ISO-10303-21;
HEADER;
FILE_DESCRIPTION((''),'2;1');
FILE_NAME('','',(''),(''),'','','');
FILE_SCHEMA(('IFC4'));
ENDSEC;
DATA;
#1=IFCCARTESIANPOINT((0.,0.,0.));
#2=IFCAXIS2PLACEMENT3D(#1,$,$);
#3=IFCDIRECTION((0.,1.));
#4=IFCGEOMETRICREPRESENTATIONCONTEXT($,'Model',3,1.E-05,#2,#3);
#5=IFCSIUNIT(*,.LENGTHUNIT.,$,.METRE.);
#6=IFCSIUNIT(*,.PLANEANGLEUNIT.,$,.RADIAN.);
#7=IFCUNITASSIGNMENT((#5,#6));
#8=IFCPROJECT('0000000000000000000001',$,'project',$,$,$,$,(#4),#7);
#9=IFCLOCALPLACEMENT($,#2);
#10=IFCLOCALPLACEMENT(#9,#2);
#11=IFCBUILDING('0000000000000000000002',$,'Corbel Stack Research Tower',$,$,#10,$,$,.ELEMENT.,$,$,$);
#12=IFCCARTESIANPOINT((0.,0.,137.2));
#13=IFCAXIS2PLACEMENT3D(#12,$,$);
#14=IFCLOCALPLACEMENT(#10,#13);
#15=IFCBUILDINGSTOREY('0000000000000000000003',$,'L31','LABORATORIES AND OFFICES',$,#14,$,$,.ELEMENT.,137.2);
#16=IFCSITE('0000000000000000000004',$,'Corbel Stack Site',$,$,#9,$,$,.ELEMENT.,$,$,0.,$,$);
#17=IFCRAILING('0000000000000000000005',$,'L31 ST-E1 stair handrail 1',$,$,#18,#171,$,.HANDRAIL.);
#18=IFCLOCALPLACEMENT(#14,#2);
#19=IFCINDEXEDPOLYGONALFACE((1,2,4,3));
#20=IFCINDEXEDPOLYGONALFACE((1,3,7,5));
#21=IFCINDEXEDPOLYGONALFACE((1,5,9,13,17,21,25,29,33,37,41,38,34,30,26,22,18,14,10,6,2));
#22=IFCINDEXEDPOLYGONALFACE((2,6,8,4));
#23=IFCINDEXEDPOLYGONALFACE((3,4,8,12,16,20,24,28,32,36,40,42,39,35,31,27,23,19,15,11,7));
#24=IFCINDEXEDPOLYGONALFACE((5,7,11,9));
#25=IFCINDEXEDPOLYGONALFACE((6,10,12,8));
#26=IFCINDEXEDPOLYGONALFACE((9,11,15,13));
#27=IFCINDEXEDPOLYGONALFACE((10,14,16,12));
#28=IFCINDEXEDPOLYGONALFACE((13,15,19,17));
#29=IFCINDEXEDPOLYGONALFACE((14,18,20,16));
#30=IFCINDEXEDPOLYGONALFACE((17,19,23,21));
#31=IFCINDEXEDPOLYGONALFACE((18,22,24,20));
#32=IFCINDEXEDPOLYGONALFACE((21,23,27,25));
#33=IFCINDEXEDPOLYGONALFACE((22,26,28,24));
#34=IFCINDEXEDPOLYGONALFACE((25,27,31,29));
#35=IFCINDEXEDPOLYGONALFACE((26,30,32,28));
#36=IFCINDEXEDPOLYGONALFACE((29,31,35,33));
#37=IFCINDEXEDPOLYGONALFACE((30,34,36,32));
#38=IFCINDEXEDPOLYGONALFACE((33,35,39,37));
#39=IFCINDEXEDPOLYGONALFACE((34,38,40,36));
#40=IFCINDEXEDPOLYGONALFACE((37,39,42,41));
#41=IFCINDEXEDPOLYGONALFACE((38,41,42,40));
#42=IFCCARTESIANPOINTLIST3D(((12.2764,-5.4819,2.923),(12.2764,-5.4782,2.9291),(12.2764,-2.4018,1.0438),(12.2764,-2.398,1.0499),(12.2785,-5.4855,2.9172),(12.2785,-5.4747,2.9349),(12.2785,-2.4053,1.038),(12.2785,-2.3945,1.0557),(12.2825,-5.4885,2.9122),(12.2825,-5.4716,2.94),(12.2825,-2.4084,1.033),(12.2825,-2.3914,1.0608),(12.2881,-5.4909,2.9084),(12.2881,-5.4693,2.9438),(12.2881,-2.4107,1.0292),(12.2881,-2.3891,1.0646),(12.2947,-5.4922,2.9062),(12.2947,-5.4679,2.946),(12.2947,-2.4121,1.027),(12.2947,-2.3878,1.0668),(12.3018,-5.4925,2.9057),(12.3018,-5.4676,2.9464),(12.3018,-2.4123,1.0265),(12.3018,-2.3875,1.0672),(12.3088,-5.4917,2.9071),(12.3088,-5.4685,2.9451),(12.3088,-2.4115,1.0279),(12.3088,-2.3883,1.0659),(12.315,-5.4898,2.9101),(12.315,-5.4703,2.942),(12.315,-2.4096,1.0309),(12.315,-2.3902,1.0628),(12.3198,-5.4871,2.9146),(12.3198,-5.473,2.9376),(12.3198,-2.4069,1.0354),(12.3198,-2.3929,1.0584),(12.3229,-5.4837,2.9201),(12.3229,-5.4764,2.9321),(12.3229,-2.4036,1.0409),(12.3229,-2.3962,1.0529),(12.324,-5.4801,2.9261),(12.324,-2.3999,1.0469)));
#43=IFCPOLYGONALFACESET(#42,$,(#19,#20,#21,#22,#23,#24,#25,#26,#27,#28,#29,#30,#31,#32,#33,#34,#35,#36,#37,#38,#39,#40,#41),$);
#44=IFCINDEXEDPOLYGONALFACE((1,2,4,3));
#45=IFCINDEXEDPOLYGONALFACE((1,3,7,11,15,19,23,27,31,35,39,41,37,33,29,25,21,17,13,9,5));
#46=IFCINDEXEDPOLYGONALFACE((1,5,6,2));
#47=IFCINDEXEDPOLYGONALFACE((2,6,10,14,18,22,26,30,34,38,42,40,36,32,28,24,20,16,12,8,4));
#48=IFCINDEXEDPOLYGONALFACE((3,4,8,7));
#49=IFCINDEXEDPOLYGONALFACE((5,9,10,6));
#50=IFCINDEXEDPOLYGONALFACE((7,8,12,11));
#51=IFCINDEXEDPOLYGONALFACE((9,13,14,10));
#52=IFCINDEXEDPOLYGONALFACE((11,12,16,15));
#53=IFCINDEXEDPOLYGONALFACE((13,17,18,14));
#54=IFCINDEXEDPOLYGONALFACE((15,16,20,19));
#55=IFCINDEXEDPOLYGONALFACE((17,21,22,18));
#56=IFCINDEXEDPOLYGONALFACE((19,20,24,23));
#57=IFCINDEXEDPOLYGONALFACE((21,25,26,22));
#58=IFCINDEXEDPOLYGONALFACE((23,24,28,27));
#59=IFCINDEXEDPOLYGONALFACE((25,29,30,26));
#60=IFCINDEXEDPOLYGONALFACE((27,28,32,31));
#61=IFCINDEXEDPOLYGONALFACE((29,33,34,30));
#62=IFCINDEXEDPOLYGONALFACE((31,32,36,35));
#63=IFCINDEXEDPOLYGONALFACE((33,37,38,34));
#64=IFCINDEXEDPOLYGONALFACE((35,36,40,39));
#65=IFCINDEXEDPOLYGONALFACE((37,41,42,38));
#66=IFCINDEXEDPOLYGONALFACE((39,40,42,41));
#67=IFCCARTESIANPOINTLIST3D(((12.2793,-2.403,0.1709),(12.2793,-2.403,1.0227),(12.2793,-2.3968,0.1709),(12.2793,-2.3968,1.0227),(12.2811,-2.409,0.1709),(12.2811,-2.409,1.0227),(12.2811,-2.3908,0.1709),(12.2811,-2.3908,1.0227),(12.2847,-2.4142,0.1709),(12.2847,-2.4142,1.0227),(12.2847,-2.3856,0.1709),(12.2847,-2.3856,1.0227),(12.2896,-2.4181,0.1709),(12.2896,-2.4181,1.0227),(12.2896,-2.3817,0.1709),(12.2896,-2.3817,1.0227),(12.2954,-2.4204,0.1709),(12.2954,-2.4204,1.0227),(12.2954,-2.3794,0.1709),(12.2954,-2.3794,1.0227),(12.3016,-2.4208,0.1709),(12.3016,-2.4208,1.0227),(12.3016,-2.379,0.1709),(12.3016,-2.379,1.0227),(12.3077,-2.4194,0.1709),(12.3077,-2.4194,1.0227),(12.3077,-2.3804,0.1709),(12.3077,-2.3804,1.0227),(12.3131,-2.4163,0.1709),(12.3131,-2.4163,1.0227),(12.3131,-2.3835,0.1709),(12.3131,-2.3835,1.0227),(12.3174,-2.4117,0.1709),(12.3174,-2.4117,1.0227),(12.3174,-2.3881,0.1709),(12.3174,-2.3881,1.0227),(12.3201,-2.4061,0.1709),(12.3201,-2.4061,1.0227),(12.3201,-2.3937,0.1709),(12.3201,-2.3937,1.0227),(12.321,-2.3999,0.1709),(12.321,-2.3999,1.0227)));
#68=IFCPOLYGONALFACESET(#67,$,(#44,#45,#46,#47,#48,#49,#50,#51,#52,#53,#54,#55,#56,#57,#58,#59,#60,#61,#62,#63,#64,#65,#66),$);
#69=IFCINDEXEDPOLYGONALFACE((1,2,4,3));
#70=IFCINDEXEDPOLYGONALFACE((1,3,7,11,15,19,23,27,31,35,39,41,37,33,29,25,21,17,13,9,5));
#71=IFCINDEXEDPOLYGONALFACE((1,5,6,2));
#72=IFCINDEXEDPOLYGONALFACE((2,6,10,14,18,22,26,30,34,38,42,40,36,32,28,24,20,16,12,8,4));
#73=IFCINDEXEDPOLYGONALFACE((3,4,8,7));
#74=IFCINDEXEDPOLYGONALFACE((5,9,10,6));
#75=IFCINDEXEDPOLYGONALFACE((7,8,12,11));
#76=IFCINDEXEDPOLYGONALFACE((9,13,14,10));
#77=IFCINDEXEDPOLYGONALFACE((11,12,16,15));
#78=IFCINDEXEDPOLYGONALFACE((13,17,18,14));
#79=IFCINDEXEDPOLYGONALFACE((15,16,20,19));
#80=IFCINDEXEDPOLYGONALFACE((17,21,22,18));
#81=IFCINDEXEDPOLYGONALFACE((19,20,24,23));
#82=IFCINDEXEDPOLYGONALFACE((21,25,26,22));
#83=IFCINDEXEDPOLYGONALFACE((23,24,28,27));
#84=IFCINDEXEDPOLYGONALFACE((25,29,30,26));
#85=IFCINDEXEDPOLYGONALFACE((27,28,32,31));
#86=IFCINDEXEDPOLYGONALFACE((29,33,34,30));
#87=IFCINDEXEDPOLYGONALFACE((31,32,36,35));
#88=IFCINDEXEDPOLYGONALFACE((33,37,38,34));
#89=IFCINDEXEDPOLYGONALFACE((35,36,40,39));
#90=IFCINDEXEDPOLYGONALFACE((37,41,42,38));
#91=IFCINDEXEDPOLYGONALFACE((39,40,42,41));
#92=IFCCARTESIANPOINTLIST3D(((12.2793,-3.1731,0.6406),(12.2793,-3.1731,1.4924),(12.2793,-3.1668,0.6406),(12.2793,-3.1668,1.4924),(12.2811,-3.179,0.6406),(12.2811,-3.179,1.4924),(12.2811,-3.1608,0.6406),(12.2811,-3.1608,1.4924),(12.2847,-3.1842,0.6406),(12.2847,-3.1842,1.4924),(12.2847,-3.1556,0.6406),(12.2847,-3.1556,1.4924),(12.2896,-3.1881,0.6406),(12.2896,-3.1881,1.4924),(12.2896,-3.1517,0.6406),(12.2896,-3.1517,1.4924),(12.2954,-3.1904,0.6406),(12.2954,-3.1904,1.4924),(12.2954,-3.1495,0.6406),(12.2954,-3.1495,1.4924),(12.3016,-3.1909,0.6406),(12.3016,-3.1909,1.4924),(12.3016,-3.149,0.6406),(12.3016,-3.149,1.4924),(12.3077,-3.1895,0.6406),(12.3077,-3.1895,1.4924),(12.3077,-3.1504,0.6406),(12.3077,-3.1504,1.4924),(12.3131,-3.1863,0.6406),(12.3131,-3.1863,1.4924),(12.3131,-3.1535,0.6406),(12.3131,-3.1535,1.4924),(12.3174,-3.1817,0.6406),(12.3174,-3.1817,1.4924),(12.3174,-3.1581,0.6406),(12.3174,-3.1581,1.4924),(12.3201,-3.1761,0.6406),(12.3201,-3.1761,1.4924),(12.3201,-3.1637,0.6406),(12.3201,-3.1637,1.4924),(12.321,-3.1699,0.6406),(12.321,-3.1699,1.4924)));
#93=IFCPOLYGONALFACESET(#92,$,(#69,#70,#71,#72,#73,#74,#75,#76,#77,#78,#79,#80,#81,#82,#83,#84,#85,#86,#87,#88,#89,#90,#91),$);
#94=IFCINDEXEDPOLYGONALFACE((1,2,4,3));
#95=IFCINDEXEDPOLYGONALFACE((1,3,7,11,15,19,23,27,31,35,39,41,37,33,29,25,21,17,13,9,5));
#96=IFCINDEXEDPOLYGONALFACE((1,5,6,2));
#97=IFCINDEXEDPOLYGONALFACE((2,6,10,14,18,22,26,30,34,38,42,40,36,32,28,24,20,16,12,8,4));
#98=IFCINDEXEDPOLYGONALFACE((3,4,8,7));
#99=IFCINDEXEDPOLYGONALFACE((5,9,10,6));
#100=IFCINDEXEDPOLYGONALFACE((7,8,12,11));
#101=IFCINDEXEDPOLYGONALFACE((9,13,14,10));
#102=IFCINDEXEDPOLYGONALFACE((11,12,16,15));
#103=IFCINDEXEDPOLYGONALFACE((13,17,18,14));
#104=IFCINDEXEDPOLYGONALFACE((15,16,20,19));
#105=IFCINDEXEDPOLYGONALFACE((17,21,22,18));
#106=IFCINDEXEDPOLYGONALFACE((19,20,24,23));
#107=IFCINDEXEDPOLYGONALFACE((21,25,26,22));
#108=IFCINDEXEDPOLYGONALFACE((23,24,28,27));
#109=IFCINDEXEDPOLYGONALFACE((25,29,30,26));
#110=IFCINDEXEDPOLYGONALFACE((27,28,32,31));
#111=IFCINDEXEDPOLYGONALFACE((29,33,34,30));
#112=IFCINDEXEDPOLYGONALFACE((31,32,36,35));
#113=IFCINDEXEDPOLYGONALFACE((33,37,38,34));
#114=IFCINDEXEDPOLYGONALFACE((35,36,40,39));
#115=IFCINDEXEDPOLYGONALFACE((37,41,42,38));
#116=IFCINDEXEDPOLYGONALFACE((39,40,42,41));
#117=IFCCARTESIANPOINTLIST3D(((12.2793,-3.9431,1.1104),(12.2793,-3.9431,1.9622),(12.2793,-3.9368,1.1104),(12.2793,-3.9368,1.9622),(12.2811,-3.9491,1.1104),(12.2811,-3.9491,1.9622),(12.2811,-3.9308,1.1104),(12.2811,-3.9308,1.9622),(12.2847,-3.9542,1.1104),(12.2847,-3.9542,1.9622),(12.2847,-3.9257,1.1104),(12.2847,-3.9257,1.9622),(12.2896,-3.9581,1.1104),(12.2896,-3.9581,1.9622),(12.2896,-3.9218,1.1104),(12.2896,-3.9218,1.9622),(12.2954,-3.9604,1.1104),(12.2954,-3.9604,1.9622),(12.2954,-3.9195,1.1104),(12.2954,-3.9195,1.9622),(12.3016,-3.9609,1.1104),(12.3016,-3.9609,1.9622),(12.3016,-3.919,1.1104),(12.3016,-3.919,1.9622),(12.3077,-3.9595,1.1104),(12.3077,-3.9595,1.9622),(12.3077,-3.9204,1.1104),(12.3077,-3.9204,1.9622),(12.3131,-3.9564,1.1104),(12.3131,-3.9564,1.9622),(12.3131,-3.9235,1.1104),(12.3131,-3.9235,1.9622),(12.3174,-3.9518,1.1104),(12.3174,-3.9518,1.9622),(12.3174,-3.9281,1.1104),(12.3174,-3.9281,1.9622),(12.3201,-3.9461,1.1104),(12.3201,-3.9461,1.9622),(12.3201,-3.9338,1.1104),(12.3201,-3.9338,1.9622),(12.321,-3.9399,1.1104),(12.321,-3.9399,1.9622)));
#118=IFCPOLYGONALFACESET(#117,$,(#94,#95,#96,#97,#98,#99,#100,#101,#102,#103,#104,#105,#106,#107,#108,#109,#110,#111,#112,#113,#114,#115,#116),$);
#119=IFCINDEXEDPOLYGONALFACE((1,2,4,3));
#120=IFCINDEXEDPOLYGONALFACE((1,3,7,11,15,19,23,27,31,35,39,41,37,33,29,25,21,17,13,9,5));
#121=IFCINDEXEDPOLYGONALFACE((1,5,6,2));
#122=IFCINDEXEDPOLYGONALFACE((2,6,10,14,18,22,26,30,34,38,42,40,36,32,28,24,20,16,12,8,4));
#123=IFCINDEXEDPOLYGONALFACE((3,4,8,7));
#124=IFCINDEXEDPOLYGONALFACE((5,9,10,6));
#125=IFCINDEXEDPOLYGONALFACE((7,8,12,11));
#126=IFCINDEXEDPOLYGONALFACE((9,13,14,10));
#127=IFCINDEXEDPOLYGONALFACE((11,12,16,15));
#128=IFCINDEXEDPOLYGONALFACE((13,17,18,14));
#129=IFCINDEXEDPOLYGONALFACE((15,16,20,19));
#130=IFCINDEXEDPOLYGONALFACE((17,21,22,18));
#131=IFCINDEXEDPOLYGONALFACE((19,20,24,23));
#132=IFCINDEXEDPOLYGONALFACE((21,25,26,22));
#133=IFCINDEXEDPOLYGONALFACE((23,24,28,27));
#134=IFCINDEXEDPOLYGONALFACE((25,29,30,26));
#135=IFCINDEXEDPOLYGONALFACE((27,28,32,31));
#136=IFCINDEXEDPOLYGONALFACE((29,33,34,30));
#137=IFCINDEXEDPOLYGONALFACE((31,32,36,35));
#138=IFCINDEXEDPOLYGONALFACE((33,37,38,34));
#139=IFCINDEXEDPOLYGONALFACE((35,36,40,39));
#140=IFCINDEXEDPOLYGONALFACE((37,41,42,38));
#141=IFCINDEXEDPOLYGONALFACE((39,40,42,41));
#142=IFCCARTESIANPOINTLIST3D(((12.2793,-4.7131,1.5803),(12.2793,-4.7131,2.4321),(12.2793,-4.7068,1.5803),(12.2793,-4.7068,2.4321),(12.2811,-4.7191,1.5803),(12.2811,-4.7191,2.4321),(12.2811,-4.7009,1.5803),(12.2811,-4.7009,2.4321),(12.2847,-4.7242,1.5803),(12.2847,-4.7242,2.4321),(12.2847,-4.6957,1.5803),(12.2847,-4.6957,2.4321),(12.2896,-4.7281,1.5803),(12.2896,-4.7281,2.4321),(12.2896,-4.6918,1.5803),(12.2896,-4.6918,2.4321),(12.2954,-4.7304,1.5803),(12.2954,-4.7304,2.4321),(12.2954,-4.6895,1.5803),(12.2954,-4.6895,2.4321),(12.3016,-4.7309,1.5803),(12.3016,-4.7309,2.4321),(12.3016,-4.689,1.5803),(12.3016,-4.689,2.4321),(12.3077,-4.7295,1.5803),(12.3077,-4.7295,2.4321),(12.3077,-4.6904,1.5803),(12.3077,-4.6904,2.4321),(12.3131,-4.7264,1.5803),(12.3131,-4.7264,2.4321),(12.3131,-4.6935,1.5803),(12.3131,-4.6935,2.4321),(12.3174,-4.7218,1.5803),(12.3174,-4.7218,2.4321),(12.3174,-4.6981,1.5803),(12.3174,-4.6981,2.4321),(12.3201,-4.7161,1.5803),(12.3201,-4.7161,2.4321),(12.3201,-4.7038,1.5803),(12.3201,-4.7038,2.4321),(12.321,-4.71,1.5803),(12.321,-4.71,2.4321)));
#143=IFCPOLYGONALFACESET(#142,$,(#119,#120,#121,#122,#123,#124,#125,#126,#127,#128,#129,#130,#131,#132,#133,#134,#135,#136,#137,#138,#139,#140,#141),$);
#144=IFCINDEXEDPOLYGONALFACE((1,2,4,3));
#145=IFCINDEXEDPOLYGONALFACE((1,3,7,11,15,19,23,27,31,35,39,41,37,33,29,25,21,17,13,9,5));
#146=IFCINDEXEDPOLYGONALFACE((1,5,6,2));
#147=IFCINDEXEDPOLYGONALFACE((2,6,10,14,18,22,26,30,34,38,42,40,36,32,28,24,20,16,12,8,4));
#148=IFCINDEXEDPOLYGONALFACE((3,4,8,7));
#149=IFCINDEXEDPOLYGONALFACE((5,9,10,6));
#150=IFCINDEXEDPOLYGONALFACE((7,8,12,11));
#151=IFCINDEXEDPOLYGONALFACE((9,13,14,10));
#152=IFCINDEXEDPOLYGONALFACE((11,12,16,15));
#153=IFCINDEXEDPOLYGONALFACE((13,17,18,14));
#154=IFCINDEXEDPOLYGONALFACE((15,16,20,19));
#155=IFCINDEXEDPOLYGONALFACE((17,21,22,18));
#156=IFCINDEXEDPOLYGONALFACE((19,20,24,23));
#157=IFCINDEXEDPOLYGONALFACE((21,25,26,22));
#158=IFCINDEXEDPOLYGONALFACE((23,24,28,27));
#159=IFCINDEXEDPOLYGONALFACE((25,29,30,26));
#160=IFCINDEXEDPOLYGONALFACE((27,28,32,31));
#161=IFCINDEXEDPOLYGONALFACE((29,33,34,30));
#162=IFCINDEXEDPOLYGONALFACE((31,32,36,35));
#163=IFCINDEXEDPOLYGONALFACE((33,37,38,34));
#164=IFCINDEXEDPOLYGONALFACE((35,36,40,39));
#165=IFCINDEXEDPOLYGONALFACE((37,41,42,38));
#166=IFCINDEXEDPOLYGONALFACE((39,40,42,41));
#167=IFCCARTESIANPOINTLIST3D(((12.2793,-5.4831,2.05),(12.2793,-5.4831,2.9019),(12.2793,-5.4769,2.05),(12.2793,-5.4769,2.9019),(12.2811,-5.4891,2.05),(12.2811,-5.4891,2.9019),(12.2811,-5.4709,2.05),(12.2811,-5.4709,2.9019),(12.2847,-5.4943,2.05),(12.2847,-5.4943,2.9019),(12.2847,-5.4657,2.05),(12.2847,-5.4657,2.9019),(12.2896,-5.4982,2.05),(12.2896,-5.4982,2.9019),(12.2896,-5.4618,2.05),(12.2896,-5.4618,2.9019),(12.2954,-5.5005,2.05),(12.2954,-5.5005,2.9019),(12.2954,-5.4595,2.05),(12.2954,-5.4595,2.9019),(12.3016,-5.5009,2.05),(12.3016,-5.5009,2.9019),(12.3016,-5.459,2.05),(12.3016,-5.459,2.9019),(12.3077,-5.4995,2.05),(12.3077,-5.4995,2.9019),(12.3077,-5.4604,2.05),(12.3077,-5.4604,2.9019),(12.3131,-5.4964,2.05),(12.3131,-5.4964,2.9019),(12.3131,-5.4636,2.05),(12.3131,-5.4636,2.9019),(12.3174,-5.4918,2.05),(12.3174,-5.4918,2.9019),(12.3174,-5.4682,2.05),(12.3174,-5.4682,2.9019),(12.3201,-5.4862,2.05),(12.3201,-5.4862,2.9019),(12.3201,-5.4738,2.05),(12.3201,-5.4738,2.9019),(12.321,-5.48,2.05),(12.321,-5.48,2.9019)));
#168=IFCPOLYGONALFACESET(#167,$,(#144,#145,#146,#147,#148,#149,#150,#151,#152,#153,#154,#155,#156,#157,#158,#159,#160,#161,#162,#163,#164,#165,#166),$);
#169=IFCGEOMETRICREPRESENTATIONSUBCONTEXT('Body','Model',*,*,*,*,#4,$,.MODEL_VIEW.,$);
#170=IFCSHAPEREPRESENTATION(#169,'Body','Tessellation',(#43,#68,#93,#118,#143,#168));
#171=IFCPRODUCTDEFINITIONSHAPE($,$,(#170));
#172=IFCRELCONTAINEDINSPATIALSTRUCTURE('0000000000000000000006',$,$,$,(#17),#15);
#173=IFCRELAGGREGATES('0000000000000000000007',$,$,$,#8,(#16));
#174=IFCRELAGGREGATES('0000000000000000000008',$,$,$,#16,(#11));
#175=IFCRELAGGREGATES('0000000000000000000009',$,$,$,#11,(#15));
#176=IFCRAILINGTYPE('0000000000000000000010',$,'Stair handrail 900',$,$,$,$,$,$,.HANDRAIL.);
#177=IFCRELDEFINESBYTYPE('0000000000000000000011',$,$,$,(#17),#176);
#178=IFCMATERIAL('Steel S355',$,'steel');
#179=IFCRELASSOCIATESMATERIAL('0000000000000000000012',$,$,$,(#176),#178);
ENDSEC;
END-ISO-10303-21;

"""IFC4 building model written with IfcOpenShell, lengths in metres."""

from ifc_helpers import new_model, si_unit, direction, frame, origin, origin_2d, place, context, subcontext, project, spatial, circle, extrude, material, type_object, element, save


model = new_model("IFC4")

# Units and contexts
model_context = context("Model", 3, precision=1e-05, world=origin(), true_north=direction((0.0, 1.0)))
body_context = subcontext(model_context, "Body", "Model", "MODEL_VIEW")
ifc_project = project(units=[si_unit("LENGTHUNIT", "METRE"), si_unit("PLANEANGLEUNIT", "RADIAN")], contexts=[model_context])

# Site, building, storey
site_placement = place(None, origin())
site = spatial("IfcSite", under=ifc_project, at=site_placement, Name="Corbel Stack Site", CompositionType="ELEMENT", RefElevation=0.0)
building_placement = place(site_placement, origin())
building = spatial("IfcBuilding", under=site, at=building_placement, Name="Corbel Stack Research Tower", CompositionType="ELEMENT")
storey_placement = place(building_placement, frame((0.0, 0.0, 137.2)))
storey = spatial("IfcBuildingStorey", under=building, at=storey_placement, Name="L31", Description="LABORATORIES AND OFFICES", CompositionType="ELEMENT", Elevation=137.2)

# Railing
ifc_material_1 = material(Name="Steel S355", Category="steel")
railing_type_1 = type_object("IfcRailingType", Name="Stair handrail 900", PredefinedType="HANDRAIL", material=ifc_material_1)
railing_1_placement = place(storey_placement, frame((12.3, -2.3999, 0.1709)))
element("IfcRailing", 1, at=railing_1_placement, inside=storey, type_object=railing_type_1, Name="L31 ST-E1 stair handrail 1", PredefinedType="HANDRAIL", context=body_context, shape_type="SweptSolid", body=[
    extrude(circle(Radius=0.0239, at=origin_2d()), frame((0.0, 0.0, 0.876), z_axis=(0.0, -0.853666, 0.52082), x_axis=(1.0, 0.0, 0.0)), (0.0, 0.0, 1.0), 3.6082),
    extrude(circle(Radius=0.021, at=origin_2d()), origin(), (0.0, 0.0, 1.0), 0.8518),
    extrude(circle(Radius=0.021, at=origin_2d()), frame((0.0, -0.77, 0.4697)), (0.0, 0.0, 1.0), 0.8518),
    extrude(circle(Radius=0.021, at=origin_2d()), frame((0.0, -1.54, 0.9395)), (0.0, 0.0, 1.0), 0.8518),
    extrude(circle(Radius=0.021, at=origin_2d()), frame((0.0, -2.3101, 1.4094)), (0.0, 0.0, 1.0), 0.8518),
    extrude(circle(Radius=0.021, at=origin_2d()), frame((0.0, -3.0801, 1.8792)), (0.0, 0.0, 1.0), 0.8518),
])

save(model, "model.ifc")
